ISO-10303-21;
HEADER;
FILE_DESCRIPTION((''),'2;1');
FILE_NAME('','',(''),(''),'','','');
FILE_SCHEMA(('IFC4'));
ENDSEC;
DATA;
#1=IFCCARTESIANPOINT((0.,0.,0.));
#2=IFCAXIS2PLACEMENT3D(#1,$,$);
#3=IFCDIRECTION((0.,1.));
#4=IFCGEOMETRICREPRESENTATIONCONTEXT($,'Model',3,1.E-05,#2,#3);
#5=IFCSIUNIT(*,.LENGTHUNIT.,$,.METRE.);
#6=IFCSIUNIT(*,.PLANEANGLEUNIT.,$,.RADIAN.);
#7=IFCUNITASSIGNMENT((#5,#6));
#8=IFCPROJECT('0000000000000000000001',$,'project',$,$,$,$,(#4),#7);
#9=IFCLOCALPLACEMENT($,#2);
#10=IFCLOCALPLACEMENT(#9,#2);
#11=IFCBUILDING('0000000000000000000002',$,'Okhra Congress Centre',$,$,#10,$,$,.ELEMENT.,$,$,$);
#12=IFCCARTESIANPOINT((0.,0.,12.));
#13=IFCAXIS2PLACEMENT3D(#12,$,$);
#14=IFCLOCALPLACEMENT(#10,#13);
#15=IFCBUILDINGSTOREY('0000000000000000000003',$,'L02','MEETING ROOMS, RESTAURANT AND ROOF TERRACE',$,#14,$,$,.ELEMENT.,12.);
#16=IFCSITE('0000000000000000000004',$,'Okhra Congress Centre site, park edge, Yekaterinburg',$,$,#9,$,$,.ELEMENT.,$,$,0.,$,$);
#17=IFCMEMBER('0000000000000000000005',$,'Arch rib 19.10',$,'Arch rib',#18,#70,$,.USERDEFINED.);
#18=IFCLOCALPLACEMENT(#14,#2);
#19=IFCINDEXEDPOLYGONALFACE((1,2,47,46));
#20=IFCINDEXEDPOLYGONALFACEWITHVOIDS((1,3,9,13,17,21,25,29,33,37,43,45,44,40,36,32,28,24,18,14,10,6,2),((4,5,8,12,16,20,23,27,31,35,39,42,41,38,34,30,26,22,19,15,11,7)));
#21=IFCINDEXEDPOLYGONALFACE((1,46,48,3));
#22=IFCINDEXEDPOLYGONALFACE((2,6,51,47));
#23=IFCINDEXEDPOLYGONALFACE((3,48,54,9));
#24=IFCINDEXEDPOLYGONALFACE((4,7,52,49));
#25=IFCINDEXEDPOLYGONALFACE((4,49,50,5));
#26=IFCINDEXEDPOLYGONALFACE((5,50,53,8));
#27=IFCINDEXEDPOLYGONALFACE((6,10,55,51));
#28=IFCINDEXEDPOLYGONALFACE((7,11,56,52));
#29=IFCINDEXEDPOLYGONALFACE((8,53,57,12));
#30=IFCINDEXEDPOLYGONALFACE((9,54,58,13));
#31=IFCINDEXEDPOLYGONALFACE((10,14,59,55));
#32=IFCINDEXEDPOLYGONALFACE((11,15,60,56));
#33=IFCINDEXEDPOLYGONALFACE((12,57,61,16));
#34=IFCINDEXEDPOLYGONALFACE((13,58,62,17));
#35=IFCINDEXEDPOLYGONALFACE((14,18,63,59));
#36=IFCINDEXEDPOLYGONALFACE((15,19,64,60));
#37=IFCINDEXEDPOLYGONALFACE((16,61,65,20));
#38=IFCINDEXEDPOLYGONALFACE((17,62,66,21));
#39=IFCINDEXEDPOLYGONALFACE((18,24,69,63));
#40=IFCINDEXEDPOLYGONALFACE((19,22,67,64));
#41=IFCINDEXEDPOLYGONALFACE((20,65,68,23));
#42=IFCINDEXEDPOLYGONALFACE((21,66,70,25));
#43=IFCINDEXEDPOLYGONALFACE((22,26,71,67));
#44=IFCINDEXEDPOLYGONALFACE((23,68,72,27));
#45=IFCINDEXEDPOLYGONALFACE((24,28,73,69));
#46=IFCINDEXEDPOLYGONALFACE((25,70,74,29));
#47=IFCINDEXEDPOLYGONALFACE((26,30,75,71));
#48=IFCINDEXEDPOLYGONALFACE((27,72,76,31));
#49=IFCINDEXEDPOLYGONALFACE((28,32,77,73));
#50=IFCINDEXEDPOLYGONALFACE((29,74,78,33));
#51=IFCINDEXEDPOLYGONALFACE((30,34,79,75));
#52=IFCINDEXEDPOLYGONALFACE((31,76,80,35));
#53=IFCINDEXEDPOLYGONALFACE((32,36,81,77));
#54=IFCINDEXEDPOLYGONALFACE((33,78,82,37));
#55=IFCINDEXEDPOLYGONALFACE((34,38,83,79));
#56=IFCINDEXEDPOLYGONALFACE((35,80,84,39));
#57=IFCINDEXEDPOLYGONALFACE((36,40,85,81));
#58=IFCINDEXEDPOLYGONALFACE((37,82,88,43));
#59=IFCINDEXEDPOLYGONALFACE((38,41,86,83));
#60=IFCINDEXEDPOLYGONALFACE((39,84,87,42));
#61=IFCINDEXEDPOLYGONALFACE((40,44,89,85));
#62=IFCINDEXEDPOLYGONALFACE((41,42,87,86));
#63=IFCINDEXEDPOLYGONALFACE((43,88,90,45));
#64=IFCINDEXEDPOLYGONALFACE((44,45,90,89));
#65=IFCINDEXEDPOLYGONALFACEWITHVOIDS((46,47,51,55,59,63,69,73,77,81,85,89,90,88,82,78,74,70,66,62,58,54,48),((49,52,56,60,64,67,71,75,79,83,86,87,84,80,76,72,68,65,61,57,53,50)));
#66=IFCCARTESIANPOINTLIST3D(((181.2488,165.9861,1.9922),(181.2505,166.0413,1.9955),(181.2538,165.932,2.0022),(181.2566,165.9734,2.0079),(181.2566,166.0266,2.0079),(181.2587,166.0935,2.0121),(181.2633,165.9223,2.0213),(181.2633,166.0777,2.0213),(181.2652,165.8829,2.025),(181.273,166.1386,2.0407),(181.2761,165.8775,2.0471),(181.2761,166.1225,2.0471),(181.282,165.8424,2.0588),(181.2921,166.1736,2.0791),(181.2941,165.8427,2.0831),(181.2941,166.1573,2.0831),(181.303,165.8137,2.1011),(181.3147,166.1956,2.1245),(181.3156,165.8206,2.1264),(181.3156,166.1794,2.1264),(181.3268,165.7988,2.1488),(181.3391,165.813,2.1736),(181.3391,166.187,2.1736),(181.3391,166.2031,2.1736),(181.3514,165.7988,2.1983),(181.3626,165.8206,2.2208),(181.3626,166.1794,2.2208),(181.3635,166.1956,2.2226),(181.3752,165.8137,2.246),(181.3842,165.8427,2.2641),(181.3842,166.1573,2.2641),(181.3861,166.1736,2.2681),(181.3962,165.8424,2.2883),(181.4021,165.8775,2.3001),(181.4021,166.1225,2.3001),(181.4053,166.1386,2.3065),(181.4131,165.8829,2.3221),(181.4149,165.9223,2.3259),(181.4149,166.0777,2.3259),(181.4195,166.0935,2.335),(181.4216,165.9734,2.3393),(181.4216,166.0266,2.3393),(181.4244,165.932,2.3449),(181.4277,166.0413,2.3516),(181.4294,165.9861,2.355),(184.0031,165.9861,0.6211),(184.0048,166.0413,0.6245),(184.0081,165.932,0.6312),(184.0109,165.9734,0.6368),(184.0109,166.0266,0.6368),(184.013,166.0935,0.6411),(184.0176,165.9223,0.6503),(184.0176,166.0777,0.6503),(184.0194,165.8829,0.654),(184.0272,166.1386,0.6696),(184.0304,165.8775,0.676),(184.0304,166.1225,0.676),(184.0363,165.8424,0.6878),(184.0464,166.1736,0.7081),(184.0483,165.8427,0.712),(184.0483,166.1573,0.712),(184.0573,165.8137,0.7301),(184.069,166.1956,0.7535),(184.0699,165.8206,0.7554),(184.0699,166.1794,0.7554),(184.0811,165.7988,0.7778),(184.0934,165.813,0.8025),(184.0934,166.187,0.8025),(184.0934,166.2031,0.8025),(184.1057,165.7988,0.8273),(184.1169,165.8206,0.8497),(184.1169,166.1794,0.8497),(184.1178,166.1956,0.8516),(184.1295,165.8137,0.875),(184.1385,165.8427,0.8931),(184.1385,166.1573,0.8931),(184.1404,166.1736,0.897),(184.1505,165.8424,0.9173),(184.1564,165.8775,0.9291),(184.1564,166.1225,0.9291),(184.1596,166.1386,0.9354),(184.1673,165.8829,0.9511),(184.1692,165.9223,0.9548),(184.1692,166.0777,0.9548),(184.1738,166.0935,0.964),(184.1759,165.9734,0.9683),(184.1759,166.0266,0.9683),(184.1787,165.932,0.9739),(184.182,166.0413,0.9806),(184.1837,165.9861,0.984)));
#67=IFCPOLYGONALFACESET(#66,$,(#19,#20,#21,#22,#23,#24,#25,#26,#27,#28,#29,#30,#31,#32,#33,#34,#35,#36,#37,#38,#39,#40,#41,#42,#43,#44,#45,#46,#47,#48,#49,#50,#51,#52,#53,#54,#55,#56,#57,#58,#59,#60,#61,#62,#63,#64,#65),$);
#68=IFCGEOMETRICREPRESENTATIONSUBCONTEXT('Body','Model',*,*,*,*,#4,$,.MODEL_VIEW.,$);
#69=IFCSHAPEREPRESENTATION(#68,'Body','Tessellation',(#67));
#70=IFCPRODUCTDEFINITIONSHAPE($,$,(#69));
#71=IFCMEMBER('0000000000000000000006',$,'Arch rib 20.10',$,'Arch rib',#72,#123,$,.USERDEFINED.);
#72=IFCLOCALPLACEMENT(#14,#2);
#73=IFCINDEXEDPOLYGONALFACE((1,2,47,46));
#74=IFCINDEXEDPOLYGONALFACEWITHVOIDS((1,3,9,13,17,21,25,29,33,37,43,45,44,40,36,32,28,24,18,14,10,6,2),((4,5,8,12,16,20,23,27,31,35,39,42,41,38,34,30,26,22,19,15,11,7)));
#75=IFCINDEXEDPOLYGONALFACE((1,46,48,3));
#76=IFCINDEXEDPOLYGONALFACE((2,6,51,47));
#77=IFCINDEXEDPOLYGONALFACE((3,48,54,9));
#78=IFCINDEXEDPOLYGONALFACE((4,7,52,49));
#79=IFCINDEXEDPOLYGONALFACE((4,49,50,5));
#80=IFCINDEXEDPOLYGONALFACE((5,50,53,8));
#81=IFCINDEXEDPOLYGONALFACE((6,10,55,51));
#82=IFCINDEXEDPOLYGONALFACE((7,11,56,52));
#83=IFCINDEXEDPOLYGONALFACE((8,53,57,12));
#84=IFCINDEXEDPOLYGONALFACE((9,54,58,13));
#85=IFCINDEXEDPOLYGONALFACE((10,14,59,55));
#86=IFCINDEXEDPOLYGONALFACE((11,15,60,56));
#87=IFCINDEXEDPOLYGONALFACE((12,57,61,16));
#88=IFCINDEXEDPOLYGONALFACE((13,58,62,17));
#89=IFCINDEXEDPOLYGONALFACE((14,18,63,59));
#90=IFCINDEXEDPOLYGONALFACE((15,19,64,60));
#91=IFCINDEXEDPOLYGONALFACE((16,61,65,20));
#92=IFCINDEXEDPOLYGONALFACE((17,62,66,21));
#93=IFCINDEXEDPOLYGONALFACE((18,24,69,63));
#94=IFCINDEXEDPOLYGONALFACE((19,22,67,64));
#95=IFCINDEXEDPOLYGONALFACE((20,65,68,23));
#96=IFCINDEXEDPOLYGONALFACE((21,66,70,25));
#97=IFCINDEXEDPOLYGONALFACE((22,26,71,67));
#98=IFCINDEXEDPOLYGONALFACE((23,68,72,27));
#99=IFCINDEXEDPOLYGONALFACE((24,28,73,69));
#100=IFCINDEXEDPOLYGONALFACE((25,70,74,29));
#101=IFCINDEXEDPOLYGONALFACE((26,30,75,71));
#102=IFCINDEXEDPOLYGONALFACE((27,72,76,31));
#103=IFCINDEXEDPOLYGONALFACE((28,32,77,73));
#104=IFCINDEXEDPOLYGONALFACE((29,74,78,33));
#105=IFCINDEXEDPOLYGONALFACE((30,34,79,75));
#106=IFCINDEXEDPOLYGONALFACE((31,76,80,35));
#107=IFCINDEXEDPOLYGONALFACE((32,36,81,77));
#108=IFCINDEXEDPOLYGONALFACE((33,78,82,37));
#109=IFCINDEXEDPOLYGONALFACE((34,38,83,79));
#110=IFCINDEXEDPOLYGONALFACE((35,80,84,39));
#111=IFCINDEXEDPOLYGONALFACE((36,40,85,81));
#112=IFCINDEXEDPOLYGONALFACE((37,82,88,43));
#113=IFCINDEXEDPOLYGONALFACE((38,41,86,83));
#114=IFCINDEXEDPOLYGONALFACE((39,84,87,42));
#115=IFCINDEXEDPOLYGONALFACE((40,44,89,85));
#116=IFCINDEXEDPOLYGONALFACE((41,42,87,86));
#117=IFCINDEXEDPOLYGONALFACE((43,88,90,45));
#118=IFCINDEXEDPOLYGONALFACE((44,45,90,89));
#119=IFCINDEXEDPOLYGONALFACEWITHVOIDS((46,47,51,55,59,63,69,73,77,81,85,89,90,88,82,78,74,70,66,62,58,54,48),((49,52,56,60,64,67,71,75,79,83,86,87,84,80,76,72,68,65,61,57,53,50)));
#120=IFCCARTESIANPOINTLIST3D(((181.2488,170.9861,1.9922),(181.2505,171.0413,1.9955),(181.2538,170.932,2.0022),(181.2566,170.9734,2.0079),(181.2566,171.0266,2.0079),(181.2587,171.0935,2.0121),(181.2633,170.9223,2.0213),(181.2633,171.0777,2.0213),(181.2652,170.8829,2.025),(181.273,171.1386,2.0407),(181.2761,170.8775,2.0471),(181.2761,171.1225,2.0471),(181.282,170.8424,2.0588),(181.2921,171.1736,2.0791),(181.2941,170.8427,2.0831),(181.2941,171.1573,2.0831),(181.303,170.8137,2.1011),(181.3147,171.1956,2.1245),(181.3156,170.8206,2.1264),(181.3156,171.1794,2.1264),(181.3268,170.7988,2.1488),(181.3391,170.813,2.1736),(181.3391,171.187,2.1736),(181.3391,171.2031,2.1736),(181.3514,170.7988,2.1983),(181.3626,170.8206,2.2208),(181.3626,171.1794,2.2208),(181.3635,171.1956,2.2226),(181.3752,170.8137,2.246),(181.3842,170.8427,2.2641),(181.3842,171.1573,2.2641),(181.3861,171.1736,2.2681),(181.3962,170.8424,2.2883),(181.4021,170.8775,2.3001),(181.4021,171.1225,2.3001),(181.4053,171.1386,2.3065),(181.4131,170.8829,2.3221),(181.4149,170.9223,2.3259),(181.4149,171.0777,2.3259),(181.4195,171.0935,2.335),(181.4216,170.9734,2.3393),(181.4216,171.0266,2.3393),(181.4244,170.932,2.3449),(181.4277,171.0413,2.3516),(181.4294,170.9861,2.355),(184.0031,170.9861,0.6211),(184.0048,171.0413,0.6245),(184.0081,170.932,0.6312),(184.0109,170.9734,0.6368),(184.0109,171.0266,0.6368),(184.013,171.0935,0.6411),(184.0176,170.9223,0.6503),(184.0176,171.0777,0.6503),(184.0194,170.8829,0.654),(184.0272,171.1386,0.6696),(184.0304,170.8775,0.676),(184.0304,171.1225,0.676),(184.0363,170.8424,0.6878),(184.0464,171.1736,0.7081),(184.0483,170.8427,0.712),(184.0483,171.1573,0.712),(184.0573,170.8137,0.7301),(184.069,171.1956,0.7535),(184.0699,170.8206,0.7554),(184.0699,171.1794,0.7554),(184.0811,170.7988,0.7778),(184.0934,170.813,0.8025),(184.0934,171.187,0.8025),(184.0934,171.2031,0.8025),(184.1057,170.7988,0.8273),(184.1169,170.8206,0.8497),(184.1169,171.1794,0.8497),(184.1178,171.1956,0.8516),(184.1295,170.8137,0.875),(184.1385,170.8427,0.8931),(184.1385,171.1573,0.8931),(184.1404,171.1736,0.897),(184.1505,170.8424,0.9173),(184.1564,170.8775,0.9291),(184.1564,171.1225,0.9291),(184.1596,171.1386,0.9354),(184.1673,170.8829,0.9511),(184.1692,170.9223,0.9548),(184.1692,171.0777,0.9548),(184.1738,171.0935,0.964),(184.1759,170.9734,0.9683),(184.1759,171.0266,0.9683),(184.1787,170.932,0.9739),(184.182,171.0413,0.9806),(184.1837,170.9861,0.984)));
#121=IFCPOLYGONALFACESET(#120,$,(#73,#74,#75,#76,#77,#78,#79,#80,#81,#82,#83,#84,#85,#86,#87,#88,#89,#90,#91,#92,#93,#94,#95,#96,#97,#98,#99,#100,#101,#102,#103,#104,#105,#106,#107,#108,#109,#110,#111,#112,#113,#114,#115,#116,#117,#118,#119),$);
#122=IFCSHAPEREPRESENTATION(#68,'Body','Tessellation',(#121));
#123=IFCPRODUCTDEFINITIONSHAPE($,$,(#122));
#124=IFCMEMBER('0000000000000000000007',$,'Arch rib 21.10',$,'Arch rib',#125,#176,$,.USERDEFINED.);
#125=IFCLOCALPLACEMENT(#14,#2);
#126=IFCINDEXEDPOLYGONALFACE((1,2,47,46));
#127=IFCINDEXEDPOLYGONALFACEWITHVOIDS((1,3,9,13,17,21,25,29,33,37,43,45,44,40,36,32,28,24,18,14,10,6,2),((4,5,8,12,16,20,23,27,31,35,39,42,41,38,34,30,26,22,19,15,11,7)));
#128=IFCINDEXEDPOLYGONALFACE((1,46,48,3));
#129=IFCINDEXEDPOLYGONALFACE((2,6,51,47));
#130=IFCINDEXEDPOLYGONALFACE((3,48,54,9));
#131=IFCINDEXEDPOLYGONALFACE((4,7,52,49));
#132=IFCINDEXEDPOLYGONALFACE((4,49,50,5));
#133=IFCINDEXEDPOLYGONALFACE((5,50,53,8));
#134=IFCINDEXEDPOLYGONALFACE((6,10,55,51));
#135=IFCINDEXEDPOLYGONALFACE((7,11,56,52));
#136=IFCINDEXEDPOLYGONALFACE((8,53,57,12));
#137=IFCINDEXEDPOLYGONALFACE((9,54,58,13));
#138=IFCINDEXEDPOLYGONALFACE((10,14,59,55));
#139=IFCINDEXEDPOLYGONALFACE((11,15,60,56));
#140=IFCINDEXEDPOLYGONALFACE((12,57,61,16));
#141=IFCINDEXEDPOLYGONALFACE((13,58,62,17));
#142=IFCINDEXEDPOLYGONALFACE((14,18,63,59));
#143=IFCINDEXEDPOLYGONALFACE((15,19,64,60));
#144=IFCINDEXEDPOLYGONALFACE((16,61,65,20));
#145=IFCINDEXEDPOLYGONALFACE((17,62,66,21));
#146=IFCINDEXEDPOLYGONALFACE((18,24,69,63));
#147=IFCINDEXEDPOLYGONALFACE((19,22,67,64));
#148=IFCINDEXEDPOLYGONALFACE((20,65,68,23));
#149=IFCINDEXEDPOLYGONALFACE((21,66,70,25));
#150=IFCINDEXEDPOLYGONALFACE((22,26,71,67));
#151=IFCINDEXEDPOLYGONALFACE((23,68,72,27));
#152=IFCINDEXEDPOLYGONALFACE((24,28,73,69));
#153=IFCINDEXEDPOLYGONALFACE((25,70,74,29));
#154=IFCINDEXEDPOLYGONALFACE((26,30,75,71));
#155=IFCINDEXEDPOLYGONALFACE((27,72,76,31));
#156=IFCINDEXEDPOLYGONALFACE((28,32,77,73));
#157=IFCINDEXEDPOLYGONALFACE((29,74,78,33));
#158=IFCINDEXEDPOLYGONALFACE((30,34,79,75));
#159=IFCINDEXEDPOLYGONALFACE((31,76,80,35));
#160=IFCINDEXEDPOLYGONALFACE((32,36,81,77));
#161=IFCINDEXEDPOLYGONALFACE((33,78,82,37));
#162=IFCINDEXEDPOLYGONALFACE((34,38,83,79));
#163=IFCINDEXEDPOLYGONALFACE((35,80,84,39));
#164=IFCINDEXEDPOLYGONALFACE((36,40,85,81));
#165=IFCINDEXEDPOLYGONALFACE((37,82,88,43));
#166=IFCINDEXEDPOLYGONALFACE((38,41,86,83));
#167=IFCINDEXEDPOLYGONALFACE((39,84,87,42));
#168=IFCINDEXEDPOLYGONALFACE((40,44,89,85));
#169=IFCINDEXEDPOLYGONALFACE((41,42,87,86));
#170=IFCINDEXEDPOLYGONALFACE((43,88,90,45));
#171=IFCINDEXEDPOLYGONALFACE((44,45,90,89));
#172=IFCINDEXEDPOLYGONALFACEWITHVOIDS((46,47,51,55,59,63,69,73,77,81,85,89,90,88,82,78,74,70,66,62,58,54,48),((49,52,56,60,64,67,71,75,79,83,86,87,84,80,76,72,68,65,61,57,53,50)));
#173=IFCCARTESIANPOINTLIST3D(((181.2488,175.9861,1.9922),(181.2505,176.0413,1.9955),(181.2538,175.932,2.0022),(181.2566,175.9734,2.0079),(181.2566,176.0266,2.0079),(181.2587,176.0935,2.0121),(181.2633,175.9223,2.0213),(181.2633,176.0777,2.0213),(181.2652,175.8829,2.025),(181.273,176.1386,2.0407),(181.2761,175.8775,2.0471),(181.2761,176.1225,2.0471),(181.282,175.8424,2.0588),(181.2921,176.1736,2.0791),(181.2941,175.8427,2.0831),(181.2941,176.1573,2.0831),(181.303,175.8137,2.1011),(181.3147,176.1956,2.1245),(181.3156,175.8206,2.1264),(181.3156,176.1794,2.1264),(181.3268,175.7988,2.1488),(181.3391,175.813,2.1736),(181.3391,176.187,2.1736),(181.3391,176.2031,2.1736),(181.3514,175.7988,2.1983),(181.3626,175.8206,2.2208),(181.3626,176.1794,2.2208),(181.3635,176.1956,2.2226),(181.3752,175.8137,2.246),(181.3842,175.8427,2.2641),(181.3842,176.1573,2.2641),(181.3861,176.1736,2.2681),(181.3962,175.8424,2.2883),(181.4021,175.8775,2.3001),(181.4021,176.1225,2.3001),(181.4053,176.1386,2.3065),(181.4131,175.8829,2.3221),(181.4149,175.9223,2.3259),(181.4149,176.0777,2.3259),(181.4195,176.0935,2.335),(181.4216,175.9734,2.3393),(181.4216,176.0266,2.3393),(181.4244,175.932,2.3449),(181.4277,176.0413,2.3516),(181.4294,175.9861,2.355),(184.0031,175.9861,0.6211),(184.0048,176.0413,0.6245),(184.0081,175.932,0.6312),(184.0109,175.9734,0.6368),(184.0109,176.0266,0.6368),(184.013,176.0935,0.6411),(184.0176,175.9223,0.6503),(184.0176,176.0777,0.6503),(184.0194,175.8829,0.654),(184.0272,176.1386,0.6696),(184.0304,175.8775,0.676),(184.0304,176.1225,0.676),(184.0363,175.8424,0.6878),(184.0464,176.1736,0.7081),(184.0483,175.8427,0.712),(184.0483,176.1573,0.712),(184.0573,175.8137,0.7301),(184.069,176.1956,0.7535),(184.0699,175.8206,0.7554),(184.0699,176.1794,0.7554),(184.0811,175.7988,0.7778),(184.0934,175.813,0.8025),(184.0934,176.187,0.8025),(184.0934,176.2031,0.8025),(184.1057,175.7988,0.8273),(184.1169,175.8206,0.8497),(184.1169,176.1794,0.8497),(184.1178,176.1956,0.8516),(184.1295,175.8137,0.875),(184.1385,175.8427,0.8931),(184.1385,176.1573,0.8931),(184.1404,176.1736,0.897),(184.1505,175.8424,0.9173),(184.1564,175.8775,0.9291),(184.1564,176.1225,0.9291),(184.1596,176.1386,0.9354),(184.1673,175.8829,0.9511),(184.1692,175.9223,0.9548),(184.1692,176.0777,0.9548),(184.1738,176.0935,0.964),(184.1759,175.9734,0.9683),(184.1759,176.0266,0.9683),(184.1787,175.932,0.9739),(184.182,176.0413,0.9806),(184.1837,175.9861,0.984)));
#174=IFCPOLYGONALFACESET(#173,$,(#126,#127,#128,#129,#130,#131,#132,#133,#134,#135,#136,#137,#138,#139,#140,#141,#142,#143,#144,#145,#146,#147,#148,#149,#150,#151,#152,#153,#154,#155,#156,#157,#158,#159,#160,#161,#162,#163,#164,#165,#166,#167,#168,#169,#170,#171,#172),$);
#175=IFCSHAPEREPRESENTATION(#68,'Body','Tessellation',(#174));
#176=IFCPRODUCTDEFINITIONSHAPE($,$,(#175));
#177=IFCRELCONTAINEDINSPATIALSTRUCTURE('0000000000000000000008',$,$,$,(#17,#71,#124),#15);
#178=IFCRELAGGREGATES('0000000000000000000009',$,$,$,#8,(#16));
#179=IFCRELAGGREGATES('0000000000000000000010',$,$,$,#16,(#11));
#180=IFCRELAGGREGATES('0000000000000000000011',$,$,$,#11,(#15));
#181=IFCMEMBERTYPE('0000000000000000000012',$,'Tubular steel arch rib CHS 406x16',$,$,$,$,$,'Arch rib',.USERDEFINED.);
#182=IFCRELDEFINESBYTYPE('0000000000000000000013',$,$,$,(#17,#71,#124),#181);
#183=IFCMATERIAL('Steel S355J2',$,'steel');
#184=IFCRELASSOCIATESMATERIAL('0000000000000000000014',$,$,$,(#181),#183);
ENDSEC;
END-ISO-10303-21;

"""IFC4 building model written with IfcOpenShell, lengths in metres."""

from ifc_helpers import new_model, si_unit, direction, frame, origin, origin_2d, place, context, subcontext, project, spatial, hollow_circle, extrude, material, material_profile, profile_set, type_object, element, save


model = new_model("IFC4")

# Units and contexts
model_context = context("Model", 3, precision=1e-05, world=origin(), true_north=direction((0.0, 1.0)))
body_context = subcontext(model_context, "Body", "Model", "MODEL_VIEW")
ifc_project = project(units=[si_unit("LENGTHUNIT", "METRE"), si_unit("PLANEANGLEUNIT", "RADIAN")], contexts=[model_context])

# Site, building, storey
site_placement = place(None, origin())
site = spatial("IfcSite", under=ifc_project, at=site_placement, Name="Okhra Congress Centre site, park edge, Yekaterinburg", CompositionType="ELEMENT", RefElevation=0.0)
building_placement = place(site_placement, origin())
building = spatial("IfcBuilding", under=site, at=building_placement, Name="Okhra Congress Centre", CompositionType="ELEMENT")
storey_placement = place(building_placement, frame((0.0, 0.0, 12.0)))
storey = spatial("IfcBuildingStorey", under=building, at=storey_placement, Name="L02", Description="MEETING ROOMS, RESTAURANT AND ROOF TERRACE", CompositionType="ELEMENT", Elevation=12.0)

# Shared definitions
ifc_material_1 = material(Name="Steel S355J2", Category="steel")

# Members
ifc_material_profile_1 = material_profile(ifc_material_1, hollow_circle(Radius=0.2031, WallThickness=0.0161, at=origin_2d()), Name="CHS 406.4x16")
ifc_profile_set_1 = profile_set([ifc_material_profile_1], Name="Steel S355J2")
member_type_1 = type_object("IfcMemberType", Name="Tubular steel arch rib CHS 406x16", ElementType="Arch rib", PredefinedType="USERDEFINED", material=ifc_profile_set_1)
for number, where, z_axis, x_axis, name in (
    (1, (181.3391, 166.0, 2.1736), (0.895219, 0.0, -0.445626), (0.0, 1.0, 0.0), "Arch rib 19.10"),
    (2, (181.3391, 171.0, 2.1736), (0.895219, 0.0, -0.445626), (0.0, 1.0, 0.0), "Arch rib 20.10"),
    (3, (181.3391, 176.0, 2.1736), (0.895219, 0.0, -0.445626), (0.0, 1.0, 0.0), "Arch rib 21.10"),
):
    element("IfcMember", number, at=place(storey_placement, frame(where, z_axis=z_axis, x_axis=x_axis)), inside=storey, type_object=member_type_1, Name=name, ObjectType="Arch rib", PredefinedType="USERDEFINED", context=body_context, shape_type="SweptSolid", body=[
        extrude(hollow_circle(Radius=0.2031, WallThickness=0.0161, at=origin_2d()), origin(), (0.0, 0.0, 1.0), 3.0767),
    ])

save(model, "model.ifc")
